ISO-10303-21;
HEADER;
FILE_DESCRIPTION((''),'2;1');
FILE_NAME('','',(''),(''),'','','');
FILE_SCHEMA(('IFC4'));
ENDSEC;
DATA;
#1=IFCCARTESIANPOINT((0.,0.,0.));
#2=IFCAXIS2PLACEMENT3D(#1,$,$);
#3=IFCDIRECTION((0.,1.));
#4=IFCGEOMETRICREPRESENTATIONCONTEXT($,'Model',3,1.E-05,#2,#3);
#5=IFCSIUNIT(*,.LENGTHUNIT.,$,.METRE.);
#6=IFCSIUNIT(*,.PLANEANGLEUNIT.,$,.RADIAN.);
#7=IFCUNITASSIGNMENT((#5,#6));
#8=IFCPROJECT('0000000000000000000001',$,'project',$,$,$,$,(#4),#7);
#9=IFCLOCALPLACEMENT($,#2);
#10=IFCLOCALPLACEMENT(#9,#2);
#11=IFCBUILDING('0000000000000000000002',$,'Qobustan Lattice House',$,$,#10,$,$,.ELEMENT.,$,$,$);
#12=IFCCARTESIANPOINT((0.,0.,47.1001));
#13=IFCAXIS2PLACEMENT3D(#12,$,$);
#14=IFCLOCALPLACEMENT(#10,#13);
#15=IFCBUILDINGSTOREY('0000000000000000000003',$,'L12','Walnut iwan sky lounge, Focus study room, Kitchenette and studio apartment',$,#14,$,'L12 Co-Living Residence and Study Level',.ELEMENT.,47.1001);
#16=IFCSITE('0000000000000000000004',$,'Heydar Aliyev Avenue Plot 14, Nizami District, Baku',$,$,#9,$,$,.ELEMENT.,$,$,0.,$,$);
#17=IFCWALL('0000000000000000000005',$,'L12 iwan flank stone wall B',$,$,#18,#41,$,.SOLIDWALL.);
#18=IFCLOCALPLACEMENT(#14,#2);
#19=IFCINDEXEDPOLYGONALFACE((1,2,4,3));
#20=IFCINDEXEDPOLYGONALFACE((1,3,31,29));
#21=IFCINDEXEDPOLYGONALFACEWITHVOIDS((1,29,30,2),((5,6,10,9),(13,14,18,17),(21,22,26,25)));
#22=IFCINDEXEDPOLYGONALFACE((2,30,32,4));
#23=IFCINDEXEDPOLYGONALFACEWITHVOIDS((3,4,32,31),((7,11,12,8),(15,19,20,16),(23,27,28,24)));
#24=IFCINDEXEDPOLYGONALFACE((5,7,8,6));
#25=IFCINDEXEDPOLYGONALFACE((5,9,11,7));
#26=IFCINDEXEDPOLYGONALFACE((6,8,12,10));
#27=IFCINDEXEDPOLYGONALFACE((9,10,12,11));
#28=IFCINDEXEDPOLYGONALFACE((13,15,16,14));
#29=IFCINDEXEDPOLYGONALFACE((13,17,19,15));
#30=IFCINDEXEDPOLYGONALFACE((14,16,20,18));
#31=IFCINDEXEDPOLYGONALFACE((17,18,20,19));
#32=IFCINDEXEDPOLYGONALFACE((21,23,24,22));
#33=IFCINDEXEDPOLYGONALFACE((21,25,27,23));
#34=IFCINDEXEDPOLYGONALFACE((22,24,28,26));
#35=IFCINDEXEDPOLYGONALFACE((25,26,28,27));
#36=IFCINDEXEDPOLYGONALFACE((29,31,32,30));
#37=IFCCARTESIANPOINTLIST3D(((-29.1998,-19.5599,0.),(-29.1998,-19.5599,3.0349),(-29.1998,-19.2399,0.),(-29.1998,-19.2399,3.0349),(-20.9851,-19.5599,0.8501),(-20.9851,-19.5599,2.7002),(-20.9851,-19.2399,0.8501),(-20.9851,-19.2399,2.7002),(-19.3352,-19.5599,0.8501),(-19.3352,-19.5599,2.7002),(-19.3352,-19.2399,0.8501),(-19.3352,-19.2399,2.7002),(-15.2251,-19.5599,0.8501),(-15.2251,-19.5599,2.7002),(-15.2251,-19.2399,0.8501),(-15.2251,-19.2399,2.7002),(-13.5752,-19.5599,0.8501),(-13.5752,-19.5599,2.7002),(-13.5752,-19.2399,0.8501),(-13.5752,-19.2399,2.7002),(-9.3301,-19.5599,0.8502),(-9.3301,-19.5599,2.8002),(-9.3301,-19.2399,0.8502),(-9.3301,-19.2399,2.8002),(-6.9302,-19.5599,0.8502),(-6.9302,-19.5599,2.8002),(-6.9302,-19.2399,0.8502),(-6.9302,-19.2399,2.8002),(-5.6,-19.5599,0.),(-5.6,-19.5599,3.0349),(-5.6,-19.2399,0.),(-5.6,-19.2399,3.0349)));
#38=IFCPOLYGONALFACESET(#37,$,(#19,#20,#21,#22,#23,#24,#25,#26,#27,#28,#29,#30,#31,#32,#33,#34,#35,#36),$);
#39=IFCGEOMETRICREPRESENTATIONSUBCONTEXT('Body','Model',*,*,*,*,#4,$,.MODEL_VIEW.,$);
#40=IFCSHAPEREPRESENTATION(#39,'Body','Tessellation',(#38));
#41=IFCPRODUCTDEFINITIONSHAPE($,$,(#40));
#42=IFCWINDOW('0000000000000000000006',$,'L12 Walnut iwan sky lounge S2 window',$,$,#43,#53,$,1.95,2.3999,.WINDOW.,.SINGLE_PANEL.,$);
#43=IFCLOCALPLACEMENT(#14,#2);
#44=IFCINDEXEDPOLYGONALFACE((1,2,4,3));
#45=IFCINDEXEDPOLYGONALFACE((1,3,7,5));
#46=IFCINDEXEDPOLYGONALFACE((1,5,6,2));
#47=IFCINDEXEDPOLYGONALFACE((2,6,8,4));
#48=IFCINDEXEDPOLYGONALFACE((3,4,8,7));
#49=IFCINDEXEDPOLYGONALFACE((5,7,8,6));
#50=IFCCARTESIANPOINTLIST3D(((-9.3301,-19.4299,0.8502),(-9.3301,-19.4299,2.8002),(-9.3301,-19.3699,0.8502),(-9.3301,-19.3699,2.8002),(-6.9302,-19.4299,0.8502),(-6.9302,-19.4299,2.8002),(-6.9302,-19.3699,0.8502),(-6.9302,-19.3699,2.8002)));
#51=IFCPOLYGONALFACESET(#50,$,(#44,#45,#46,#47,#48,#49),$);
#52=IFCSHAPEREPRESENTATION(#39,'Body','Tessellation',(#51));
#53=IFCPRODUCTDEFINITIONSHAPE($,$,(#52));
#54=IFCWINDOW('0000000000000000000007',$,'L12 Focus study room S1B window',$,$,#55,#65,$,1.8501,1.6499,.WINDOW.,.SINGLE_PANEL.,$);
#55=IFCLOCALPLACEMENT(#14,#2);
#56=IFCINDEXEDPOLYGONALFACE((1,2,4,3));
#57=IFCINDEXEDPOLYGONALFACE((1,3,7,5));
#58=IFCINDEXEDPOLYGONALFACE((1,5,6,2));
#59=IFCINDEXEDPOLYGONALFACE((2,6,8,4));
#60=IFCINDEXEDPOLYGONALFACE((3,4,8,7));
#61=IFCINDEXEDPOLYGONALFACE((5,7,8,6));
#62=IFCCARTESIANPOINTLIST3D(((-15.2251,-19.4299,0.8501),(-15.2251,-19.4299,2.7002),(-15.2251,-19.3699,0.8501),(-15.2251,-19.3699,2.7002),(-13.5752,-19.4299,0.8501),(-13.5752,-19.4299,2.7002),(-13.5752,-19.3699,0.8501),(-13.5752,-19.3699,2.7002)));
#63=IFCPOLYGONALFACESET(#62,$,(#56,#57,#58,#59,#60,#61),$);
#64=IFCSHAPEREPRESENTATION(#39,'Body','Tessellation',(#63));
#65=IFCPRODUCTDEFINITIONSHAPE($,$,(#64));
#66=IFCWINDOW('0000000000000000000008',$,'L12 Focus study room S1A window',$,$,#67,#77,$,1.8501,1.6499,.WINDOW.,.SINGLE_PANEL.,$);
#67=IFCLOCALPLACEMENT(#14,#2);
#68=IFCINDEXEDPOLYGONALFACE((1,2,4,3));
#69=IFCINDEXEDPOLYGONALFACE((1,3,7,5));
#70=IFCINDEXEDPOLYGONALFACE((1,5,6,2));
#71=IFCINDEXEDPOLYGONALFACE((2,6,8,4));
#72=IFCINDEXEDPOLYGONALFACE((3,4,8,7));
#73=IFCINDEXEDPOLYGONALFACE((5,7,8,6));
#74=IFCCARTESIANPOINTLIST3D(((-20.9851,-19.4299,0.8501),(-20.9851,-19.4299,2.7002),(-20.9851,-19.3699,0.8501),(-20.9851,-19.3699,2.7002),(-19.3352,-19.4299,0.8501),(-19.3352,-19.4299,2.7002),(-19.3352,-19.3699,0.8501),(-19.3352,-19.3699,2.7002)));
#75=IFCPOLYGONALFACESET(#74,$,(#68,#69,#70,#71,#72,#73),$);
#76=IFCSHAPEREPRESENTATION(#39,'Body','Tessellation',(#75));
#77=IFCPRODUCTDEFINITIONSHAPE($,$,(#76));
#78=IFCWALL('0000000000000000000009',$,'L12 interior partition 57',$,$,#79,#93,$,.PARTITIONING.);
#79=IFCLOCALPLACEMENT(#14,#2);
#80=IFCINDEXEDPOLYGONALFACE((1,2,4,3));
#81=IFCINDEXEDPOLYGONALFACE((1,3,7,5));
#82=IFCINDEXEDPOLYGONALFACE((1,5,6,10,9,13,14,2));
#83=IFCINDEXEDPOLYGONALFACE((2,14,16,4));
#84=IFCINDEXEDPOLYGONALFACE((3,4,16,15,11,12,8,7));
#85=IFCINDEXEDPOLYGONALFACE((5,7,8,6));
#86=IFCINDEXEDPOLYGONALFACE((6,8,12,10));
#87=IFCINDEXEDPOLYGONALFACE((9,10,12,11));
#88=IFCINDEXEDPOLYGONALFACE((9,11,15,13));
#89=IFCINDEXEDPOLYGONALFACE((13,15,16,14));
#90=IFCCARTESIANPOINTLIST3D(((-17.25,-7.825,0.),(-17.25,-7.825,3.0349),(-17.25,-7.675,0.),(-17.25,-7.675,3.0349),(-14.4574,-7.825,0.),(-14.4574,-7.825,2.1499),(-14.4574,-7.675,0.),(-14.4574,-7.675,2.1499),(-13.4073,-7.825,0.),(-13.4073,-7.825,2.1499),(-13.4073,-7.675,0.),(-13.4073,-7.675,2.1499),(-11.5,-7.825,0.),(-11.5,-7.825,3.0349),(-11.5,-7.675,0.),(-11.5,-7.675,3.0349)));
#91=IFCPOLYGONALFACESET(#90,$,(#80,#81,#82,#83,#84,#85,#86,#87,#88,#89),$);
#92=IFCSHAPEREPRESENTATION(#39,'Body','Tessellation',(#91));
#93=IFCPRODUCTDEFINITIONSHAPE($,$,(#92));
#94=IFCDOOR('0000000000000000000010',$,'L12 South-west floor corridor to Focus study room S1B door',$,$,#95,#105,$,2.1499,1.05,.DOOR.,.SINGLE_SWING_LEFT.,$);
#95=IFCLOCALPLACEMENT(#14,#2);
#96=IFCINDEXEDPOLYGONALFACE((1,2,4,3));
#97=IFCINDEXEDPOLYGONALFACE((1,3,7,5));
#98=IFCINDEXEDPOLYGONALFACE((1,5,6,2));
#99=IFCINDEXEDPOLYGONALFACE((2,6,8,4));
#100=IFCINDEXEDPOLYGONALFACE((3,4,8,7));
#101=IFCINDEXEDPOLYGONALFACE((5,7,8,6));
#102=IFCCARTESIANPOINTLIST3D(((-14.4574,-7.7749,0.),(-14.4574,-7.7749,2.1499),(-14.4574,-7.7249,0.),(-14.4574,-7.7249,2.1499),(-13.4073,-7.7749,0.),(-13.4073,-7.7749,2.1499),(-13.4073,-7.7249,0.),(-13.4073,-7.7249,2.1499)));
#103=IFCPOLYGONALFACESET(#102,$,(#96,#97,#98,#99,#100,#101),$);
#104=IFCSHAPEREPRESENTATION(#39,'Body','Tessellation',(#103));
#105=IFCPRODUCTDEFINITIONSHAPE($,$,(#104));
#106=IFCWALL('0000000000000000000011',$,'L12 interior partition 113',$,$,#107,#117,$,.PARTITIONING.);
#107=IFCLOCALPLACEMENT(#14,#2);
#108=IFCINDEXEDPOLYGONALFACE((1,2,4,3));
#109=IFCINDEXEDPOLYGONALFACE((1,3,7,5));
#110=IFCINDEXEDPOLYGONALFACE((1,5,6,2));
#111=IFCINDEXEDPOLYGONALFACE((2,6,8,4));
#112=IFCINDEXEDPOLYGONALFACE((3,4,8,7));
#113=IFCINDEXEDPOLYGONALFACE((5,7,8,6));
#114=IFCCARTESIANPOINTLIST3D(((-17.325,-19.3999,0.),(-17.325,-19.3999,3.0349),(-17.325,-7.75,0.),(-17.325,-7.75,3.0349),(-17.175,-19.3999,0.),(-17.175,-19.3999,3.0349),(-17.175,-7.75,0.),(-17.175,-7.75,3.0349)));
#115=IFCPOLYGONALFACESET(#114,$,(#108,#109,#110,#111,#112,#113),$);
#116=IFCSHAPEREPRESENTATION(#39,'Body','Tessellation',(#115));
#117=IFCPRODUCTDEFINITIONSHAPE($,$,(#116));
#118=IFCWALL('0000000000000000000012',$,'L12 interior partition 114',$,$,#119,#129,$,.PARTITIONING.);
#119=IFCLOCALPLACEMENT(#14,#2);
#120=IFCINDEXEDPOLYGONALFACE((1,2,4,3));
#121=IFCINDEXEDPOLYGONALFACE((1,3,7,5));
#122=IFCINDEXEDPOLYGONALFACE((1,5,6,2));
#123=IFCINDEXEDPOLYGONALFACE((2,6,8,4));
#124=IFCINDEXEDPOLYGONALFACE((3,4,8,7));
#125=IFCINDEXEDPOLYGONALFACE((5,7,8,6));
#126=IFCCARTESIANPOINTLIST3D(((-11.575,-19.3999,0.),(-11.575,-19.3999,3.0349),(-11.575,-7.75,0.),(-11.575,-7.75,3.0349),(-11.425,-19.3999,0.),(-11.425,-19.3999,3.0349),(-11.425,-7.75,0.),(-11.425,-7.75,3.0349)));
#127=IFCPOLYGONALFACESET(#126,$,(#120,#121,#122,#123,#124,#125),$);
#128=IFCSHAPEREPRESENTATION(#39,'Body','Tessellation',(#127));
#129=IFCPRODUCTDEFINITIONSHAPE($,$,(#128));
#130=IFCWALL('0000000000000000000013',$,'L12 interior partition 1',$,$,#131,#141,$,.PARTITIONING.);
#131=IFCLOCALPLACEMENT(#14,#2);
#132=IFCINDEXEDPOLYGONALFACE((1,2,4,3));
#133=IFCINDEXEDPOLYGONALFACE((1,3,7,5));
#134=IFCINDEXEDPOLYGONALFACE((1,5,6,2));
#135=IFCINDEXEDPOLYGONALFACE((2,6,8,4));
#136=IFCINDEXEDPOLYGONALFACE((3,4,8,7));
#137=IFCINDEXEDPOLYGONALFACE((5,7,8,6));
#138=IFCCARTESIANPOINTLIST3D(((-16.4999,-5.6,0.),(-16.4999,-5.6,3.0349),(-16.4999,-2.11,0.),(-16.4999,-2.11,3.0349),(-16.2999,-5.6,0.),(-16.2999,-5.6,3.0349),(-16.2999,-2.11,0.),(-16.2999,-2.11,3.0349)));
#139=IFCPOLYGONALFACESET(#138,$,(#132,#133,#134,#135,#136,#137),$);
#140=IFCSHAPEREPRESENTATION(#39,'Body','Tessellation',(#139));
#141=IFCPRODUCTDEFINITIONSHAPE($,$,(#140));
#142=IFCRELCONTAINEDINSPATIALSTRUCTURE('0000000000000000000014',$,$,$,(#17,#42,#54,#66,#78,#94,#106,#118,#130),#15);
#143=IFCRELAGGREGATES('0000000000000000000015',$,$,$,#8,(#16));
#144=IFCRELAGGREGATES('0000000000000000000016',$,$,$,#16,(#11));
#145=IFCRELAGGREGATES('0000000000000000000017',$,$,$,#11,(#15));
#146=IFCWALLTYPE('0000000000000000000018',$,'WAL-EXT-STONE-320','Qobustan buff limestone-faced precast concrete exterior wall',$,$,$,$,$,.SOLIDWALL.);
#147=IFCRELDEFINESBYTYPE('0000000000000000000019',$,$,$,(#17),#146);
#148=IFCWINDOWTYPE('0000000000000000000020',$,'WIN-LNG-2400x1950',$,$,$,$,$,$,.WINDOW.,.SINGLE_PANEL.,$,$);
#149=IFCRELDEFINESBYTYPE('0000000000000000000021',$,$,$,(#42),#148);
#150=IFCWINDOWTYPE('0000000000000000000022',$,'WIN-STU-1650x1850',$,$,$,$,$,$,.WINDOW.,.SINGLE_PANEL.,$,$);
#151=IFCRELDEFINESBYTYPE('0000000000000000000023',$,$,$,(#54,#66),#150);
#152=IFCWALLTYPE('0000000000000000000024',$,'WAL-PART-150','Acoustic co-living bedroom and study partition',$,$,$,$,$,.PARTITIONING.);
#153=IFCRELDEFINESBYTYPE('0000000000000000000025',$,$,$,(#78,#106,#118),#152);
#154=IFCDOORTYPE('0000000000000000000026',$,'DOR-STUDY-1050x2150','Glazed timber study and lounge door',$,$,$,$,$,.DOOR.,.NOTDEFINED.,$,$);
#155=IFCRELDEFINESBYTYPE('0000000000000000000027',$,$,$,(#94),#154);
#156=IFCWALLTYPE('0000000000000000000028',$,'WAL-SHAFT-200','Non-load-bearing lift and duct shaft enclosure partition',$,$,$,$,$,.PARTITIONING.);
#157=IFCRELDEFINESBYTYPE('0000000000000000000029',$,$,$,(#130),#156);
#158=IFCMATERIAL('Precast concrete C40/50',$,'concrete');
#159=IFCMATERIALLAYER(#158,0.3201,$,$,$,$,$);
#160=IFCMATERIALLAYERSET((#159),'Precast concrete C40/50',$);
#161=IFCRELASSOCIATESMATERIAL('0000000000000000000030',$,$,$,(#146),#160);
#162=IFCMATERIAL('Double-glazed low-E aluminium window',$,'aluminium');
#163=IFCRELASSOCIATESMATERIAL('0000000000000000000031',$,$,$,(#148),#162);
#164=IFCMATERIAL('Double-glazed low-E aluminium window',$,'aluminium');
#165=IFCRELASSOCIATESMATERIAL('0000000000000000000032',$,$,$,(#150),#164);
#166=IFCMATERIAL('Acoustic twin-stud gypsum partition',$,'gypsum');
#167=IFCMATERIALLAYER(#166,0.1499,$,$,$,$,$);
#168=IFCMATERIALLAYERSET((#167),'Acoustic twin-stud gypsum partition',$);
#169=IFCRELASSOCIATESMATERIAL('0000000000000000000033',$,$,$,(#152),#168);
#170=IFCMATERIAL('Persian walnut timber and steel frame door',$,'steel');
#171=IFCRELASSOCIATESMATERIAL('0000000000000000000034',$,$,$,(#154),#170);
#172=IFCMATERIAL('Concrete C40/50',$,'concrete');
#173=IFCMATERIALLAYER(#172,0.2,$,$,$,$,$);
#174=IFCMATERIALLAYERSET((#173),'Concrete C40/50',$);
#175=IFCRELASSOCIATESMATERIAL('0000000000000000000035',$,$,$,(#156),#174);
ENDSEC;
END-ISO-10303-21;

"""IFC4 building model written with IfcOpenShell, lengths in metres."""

from ifc_helpers import new_model, si_unit, direction, frame, frame_2d, origin, place, context, subcontext, project, spatial, rectangle, extrude, material, layer, layer_set, type_object, element, fill, save


model = new_model("IFC4")

# Units and contexts
model_context = context("Model", 3, precision=1e-05, world=origin(), true_north=direction((0.0, 1.0)))
body_context = subcontext(model_context, "Body", "Model", "MODEL_VIEW")
ifc_project = project(units=[si_unit("LENGTHUNIT", "METRE"), si_unit("PLANEANGLEUNIT", "RADIAN")], contexts=[model_context])

# Site, building, storey
site_placement = place(None, origin())
site = spatial("IfcSite", under=ifc_project, at=site_placement, Name="Heydar Aliyev Avenue Plot 14, Nizami District, Baku", CompositionType="ELEMENT", RefElevation=0.0)
building_placement = place(site_placement, origin())
building = spatial("IfcBuilding", under=site, at=building_placement, Name="Qobustan Lattice House", CompositionType="ELEMENT")
storey_placement = place(building_placement, frame((0.0, 0.0, 47.1001)))
storey = spatial("IfcBuildingStorey", under=building, at=storey_placement, Name="L12", Description="Walnut iwan sky lounge, Focus study room, Kitchenette and studio apartment", LongName="L12 Co-Living Residence and Study Level", CompositionType="ELEMENT", Elevation=47.1001)

# Wall, openings, windows
ifc_material_1 = material(Name="Precast concrete C40/50", Category="concrete")
ifc_layer_1 = layer(ifc_material_1, 0.3201)
ifc_layer_set_1 = layer_set([ifc_layer_1], Name="Precast concrete C40/50")
wall_type_1 = type_object("IfcWallType", Name="WAL-EXT-STONE-320", Description="Qobustan buff limestone-faced precast concrete exterior wall", PredefinedType="SOLIDWALL", material=ifc_layer_set_1)
wall_1_placement = place(storey_placement, frame((-5.6001, -19.3999, 0.0), z_axis=(0.0, 0.0, 1.0), x_axis=(-1.0, 0.0, 0.0)))
wall_1 = element("IfcWall", 1, at=wall_1_placement, inside=storey, type_object=wall_type_1, Name="L12 iwan flank stone wall B", PredefinedType="SOLIDWALL", context=body_context, shape_type="SweptSolid", body=[
    extrude(rectangle(XDim=23.5999, YDim=0.3201, at=frame_2d((11.7998, 0.0))), origin(), (0.0, 0.0, 1.0), 3.0349),
])
opening_1_placement = place(wall_1_placement, frame((1.3301, 0.0, 0.8501)))
opening_1 = element("IfcOpeningElement", 2, at=opening_1_placement, cuts=wall_1, PredefinedType="OPENING", context=body_context, shape_type="SweptSolid", body=[
    extrude(rectangle(XDim=2.3999, YDim=1.95, at=frame_2d((1.2, 0.9751))), frame((0.0, 0.1699, 0.0), z_axis=(0.0, -1.0, 0.0), x_axis=(1.0, 0.0, 0.0)), (0.0, 0.0, 1.0), 0.3401),
])
opening_2_placement = place(wall_1_placement, frame((7.9751, 0.0, 0.8501)))
opening_2 = element("IfcOpeningElement", 3, at=opening_2_placement, cuts=wall_1, PredefinedType="OPENING", context=body_context, shape_type="SweptSolid", body=[
    extrude(rectangle(XDim=1.6499, YDim=1.8501, at=frame_2d((0.825, 0.925))), frame((0.0, 0.1699, 0.0), z_axis=(0.0, -1.0, 0.0), x_axis=(1.0, 0.0, 0.0)), (0.0, 0.0, 1.0), 0.3401),
])
opening_3_placement = place(wall_1_placement, frame((13.7351, 0.0, 0.8501)))
opening_3 = element("IfcOpeningElement", 4, at=opening_3_placement, cuts=wall_1, PredefinedType="OPENING", context=body_context, shape_type="SweptSolid", body=[
    extrude(rectangle(XDim=1.6499, YDim=1.8501, at=frame_2d((0.825, 0.925))), frame((0.0, 0.1699, 0.0), z_axis=(0.0, -1.0, 0.0), x_axis=(1.0, 0.0, 0.0)), (0.0, 0.0, 1.0), 0.3401),
])
ifc_material_2 = material(Name="Double-glazed low-E aluminium window", Category="aluminium")
window_type_1 = type_object("IfcWindowType", Name="WIN-LNG-2400x1950", PartitioningType="SINGLE_PANEL", PredefinedType="WINDOW", material=ifc_material_2)
window_1_placement = place(opening_1_placement, origin())
window_1 = element("IfcWindow", 5, at=window_1_placement, inside=storey, type_object=window_type_1, Name="L12 Walnut iwan sky lounge S2 window", OverallHeight=1.95, OverallWidth=2.3999, PartitioningType="SINGLE_PANEL", PredefinedType="WINDOW", context=body_context, shape_type="SweptSolid", body=[
    extrude(rectangle(XDim=2.3999, YDim=1.95, at=frame_2d((1.2, 0.9751))), frame((0.0, 0.03, 0.0), z_axis=(0.0, -1.0, 0.0), x_axis=(1.0, 0.0, 0.0)), (0.0, 0.0, 1.0), 0.0601),
])
fill(opening_1, window_1)
ifc_material_3 = material(Name="Double-glazed low-E aluminium window", Category="aluminium")
window_type_2 = type_object("IfcWindowType", Name="WIN-STU-1650x1850", PartitioningType="SINGLE_PANEL", PredefinedType="WINDOW", material=ifc_material_3)
window_2_placement = place(opening_2_placement, origin())
window_2 = element("IfcWindow", 6, at=window_2_placement, inside=storey, type_object=window_type_2, Name="L12 Focus study room S1B window", OverallHeight=1.8501, OverallWidth=1.6499, PartitioningType="SINGLE_PANEL", PredefinedType="WINDOW", context=body_context, shape_type="SweptSolid", body=[
    extrude(rectangle(XDim=1.6499, YDim=1.8501, at=frame_2d((0.825, 0.925))), frame((0.0, 0.03, 0.0), z_axis=(0.0, -1.0, 0.0), x_axis=(1.0, 0.0, 0.0)), (0.0, 0.0, 1.0), 0.0601),
])
fill(opening_2, window_2)
window_3_placement = place(opening_3_placement, origin())
window_3 = element("IfcWindow", 7, at=window_3_placement, inside=storey, type_object=window_type_2, Name="L12 Focus study room S1A window", OverallHeight=1.8501, OverallWidth=1.6499, PartitioningType="SINGLE_PANEL", PredefinedType="WINDOW", context=body_context, shape_type="SweptSolid", body=[
    extrude(rectangle(XDim=1.6499, YDim=1.8501, at=frame_2d((0.825, 0.925))), frame((0.0, 0.03, 0.0), z_axis=(0.0, -1.0, 0.0), x_axis=(1.0, 0.0, 0.0)), (0.0, 0.0, 1.0), 0.0601),
])
fill(opening_3, window_3)

# Wall, opening, door
ifc_material_4 = material(Name="Acoustic twin-stud gypsum partition", Category="gypsum")
ifc_layer_2 = layer(ifc_material_4, 0.1499)
ifc_layer_set_2 = layer_set([ifc_layer_2], Name="Acoustic twin-stud gypsum partition")
wall_type_2 = type_object("IfcWallType", Name="WAL-PART-150", Description="Acoustic co-living bedroom and study partition", PredefinedType="PARTITIONING", material=ifc_layer_set_2)
wall_2_placement = place(storey_placement, frame((-11.5, -7.75, 0.0), z_axis=(0.0, 0.0, 1.0), x_axis=(-1.0, 0.0, 0.0)))
wall_2 = element("IfcWall", 8, at=wall_2_placement, inside=storey, type_object=wall_type_2, Name="L12 interior partition 57", PredefinedType="PARTITIONING", context=body_context, shape_type="SweptSolid", body=[
    extrude(rectangle(XDim=5.75, YDim=0.1499, at=frame_2d((2.875, 0.0))), origin(), (0.0, 0.0, 1.0), 3.0349),
])
opening_4_placement = place(wall_2_placement, frame((1.9075, 0.0, 0.0)))
opening_4 = element("IfcOpeningElement", 9, at=opening_4_placement, cuts=wall_2, PredefinedType="OPENING", context=body_context, shape_type="SweptSolid", body=[
    extrude(rectangle(XDim=1.05, YDim=2.1499, at=frame_2d((0.5249, 1.075))), frame((0.0, 0.085, 0.0), z_axis=(0.0, -1.0, 0.0), x_axis=(1.0, 0.0, 0.0)), (0.0, 0.0, 1.0), 0.1699),
])
ifc_material_5 = material(Name="Persian walnut timber and steel frame door", Category="steel")
door_type = type_object("IfcDoorType", Name="DOR-STUDY-1050x2150", Description="Glazed timber study and lounge door", OperationType="NOTDEFINED", PredefinedType="DOOR", material=ifc_material_5)
door_placement = place(opening_4_placement, origin())
door = element("IfcDoor", 10, at=door_placement, inside=storey, type_object=door_type, Name="L12 South-west floor corridor to Focus study room S1B door", OperationType="SINGLE_SWING_LEFT", OverallHeight=2.1499, OverallWidth=1.05, PredefinedType="DOOR", context=body_context, shape_type="SweptSolid", body=[
    extrude(rectangle(XDim=1.05, YDim=2.1499, at=frame_2d((0.5249, 1.075))), frame((0.0, 0.0249, 0.0), z_axis=(0.0, -1.0, 0.0), x_axis=(1.0, 0.0, 0.0)), (0.0, 0.0, 1.0), 0.05),
])
fill(opening_4, door)

# Walls
for number, where, z_axis, x_axis, name in (
    (11, (-17.25, -7.75, 0.0), (0.0, 0.0, 1.0), (0.0, -1.0, 0.0), "L12 interior partition 113"),
    (12, (-11.5, -7.75, 0.0), (0.0, 0.0, 1.0), (0.0, -1.0, 0.0), "L12 interior partition 114"),
):
    element("IfcWall", number, at=place(storey_placement, frame(where, z_axis=z_axis, x_axis=x_axis)), inside=storey, type_object=wall_type_2, Name=name, PredefinedType="PARTITIONING", context=body_context, shape_type="SweptSolid", body=[
        extrude(rectangle(XDim=11.6499, YDim=0.1499, at=frame_2d((5.825, 0.0))), origin(), (0.0, 0.0, 1.0), 3.0349),
    ])
ifc_material_6 = material(Name="Concrete C40/50", Category="concrete")
ifc_layer_3 = layer(ifc_material_6, 0.2)
ifc_layer_set_3 = layer_set([ifc_layer_3], Name="Concrete C40/50")
wall_type_3 = type_object("IfcWallType", Name="WAL-SHAFT-200", Description="Non-load-bearing lift and duct shaft enclosure partition", PredefinedType="PARTITIONING", material=ifc_layer_set_3)
wall_3_placement = place(storey_placement, frame((-16.3999, -5.6001, 0.0), z_axis=(0.0, 0.0, 1.0), x_axis=(0.0, 1.0, 0.0)))
element("IfcWall", 13, at=wall_3_placement, inside=storey, type_object=wall_type_3, Name="L12 interior partition 1", PredefinedType="PARTITIONING", context=body_context, shape_type="SweptSolid", body=[
    extrude(rectangle(XDim=3.49, YDim=0.2, at=frame_2d((1.7451, 0.0))), origin(), (0.0, 0.0, 1.0), 3.0349),
])

save(model, "model.ifc")
